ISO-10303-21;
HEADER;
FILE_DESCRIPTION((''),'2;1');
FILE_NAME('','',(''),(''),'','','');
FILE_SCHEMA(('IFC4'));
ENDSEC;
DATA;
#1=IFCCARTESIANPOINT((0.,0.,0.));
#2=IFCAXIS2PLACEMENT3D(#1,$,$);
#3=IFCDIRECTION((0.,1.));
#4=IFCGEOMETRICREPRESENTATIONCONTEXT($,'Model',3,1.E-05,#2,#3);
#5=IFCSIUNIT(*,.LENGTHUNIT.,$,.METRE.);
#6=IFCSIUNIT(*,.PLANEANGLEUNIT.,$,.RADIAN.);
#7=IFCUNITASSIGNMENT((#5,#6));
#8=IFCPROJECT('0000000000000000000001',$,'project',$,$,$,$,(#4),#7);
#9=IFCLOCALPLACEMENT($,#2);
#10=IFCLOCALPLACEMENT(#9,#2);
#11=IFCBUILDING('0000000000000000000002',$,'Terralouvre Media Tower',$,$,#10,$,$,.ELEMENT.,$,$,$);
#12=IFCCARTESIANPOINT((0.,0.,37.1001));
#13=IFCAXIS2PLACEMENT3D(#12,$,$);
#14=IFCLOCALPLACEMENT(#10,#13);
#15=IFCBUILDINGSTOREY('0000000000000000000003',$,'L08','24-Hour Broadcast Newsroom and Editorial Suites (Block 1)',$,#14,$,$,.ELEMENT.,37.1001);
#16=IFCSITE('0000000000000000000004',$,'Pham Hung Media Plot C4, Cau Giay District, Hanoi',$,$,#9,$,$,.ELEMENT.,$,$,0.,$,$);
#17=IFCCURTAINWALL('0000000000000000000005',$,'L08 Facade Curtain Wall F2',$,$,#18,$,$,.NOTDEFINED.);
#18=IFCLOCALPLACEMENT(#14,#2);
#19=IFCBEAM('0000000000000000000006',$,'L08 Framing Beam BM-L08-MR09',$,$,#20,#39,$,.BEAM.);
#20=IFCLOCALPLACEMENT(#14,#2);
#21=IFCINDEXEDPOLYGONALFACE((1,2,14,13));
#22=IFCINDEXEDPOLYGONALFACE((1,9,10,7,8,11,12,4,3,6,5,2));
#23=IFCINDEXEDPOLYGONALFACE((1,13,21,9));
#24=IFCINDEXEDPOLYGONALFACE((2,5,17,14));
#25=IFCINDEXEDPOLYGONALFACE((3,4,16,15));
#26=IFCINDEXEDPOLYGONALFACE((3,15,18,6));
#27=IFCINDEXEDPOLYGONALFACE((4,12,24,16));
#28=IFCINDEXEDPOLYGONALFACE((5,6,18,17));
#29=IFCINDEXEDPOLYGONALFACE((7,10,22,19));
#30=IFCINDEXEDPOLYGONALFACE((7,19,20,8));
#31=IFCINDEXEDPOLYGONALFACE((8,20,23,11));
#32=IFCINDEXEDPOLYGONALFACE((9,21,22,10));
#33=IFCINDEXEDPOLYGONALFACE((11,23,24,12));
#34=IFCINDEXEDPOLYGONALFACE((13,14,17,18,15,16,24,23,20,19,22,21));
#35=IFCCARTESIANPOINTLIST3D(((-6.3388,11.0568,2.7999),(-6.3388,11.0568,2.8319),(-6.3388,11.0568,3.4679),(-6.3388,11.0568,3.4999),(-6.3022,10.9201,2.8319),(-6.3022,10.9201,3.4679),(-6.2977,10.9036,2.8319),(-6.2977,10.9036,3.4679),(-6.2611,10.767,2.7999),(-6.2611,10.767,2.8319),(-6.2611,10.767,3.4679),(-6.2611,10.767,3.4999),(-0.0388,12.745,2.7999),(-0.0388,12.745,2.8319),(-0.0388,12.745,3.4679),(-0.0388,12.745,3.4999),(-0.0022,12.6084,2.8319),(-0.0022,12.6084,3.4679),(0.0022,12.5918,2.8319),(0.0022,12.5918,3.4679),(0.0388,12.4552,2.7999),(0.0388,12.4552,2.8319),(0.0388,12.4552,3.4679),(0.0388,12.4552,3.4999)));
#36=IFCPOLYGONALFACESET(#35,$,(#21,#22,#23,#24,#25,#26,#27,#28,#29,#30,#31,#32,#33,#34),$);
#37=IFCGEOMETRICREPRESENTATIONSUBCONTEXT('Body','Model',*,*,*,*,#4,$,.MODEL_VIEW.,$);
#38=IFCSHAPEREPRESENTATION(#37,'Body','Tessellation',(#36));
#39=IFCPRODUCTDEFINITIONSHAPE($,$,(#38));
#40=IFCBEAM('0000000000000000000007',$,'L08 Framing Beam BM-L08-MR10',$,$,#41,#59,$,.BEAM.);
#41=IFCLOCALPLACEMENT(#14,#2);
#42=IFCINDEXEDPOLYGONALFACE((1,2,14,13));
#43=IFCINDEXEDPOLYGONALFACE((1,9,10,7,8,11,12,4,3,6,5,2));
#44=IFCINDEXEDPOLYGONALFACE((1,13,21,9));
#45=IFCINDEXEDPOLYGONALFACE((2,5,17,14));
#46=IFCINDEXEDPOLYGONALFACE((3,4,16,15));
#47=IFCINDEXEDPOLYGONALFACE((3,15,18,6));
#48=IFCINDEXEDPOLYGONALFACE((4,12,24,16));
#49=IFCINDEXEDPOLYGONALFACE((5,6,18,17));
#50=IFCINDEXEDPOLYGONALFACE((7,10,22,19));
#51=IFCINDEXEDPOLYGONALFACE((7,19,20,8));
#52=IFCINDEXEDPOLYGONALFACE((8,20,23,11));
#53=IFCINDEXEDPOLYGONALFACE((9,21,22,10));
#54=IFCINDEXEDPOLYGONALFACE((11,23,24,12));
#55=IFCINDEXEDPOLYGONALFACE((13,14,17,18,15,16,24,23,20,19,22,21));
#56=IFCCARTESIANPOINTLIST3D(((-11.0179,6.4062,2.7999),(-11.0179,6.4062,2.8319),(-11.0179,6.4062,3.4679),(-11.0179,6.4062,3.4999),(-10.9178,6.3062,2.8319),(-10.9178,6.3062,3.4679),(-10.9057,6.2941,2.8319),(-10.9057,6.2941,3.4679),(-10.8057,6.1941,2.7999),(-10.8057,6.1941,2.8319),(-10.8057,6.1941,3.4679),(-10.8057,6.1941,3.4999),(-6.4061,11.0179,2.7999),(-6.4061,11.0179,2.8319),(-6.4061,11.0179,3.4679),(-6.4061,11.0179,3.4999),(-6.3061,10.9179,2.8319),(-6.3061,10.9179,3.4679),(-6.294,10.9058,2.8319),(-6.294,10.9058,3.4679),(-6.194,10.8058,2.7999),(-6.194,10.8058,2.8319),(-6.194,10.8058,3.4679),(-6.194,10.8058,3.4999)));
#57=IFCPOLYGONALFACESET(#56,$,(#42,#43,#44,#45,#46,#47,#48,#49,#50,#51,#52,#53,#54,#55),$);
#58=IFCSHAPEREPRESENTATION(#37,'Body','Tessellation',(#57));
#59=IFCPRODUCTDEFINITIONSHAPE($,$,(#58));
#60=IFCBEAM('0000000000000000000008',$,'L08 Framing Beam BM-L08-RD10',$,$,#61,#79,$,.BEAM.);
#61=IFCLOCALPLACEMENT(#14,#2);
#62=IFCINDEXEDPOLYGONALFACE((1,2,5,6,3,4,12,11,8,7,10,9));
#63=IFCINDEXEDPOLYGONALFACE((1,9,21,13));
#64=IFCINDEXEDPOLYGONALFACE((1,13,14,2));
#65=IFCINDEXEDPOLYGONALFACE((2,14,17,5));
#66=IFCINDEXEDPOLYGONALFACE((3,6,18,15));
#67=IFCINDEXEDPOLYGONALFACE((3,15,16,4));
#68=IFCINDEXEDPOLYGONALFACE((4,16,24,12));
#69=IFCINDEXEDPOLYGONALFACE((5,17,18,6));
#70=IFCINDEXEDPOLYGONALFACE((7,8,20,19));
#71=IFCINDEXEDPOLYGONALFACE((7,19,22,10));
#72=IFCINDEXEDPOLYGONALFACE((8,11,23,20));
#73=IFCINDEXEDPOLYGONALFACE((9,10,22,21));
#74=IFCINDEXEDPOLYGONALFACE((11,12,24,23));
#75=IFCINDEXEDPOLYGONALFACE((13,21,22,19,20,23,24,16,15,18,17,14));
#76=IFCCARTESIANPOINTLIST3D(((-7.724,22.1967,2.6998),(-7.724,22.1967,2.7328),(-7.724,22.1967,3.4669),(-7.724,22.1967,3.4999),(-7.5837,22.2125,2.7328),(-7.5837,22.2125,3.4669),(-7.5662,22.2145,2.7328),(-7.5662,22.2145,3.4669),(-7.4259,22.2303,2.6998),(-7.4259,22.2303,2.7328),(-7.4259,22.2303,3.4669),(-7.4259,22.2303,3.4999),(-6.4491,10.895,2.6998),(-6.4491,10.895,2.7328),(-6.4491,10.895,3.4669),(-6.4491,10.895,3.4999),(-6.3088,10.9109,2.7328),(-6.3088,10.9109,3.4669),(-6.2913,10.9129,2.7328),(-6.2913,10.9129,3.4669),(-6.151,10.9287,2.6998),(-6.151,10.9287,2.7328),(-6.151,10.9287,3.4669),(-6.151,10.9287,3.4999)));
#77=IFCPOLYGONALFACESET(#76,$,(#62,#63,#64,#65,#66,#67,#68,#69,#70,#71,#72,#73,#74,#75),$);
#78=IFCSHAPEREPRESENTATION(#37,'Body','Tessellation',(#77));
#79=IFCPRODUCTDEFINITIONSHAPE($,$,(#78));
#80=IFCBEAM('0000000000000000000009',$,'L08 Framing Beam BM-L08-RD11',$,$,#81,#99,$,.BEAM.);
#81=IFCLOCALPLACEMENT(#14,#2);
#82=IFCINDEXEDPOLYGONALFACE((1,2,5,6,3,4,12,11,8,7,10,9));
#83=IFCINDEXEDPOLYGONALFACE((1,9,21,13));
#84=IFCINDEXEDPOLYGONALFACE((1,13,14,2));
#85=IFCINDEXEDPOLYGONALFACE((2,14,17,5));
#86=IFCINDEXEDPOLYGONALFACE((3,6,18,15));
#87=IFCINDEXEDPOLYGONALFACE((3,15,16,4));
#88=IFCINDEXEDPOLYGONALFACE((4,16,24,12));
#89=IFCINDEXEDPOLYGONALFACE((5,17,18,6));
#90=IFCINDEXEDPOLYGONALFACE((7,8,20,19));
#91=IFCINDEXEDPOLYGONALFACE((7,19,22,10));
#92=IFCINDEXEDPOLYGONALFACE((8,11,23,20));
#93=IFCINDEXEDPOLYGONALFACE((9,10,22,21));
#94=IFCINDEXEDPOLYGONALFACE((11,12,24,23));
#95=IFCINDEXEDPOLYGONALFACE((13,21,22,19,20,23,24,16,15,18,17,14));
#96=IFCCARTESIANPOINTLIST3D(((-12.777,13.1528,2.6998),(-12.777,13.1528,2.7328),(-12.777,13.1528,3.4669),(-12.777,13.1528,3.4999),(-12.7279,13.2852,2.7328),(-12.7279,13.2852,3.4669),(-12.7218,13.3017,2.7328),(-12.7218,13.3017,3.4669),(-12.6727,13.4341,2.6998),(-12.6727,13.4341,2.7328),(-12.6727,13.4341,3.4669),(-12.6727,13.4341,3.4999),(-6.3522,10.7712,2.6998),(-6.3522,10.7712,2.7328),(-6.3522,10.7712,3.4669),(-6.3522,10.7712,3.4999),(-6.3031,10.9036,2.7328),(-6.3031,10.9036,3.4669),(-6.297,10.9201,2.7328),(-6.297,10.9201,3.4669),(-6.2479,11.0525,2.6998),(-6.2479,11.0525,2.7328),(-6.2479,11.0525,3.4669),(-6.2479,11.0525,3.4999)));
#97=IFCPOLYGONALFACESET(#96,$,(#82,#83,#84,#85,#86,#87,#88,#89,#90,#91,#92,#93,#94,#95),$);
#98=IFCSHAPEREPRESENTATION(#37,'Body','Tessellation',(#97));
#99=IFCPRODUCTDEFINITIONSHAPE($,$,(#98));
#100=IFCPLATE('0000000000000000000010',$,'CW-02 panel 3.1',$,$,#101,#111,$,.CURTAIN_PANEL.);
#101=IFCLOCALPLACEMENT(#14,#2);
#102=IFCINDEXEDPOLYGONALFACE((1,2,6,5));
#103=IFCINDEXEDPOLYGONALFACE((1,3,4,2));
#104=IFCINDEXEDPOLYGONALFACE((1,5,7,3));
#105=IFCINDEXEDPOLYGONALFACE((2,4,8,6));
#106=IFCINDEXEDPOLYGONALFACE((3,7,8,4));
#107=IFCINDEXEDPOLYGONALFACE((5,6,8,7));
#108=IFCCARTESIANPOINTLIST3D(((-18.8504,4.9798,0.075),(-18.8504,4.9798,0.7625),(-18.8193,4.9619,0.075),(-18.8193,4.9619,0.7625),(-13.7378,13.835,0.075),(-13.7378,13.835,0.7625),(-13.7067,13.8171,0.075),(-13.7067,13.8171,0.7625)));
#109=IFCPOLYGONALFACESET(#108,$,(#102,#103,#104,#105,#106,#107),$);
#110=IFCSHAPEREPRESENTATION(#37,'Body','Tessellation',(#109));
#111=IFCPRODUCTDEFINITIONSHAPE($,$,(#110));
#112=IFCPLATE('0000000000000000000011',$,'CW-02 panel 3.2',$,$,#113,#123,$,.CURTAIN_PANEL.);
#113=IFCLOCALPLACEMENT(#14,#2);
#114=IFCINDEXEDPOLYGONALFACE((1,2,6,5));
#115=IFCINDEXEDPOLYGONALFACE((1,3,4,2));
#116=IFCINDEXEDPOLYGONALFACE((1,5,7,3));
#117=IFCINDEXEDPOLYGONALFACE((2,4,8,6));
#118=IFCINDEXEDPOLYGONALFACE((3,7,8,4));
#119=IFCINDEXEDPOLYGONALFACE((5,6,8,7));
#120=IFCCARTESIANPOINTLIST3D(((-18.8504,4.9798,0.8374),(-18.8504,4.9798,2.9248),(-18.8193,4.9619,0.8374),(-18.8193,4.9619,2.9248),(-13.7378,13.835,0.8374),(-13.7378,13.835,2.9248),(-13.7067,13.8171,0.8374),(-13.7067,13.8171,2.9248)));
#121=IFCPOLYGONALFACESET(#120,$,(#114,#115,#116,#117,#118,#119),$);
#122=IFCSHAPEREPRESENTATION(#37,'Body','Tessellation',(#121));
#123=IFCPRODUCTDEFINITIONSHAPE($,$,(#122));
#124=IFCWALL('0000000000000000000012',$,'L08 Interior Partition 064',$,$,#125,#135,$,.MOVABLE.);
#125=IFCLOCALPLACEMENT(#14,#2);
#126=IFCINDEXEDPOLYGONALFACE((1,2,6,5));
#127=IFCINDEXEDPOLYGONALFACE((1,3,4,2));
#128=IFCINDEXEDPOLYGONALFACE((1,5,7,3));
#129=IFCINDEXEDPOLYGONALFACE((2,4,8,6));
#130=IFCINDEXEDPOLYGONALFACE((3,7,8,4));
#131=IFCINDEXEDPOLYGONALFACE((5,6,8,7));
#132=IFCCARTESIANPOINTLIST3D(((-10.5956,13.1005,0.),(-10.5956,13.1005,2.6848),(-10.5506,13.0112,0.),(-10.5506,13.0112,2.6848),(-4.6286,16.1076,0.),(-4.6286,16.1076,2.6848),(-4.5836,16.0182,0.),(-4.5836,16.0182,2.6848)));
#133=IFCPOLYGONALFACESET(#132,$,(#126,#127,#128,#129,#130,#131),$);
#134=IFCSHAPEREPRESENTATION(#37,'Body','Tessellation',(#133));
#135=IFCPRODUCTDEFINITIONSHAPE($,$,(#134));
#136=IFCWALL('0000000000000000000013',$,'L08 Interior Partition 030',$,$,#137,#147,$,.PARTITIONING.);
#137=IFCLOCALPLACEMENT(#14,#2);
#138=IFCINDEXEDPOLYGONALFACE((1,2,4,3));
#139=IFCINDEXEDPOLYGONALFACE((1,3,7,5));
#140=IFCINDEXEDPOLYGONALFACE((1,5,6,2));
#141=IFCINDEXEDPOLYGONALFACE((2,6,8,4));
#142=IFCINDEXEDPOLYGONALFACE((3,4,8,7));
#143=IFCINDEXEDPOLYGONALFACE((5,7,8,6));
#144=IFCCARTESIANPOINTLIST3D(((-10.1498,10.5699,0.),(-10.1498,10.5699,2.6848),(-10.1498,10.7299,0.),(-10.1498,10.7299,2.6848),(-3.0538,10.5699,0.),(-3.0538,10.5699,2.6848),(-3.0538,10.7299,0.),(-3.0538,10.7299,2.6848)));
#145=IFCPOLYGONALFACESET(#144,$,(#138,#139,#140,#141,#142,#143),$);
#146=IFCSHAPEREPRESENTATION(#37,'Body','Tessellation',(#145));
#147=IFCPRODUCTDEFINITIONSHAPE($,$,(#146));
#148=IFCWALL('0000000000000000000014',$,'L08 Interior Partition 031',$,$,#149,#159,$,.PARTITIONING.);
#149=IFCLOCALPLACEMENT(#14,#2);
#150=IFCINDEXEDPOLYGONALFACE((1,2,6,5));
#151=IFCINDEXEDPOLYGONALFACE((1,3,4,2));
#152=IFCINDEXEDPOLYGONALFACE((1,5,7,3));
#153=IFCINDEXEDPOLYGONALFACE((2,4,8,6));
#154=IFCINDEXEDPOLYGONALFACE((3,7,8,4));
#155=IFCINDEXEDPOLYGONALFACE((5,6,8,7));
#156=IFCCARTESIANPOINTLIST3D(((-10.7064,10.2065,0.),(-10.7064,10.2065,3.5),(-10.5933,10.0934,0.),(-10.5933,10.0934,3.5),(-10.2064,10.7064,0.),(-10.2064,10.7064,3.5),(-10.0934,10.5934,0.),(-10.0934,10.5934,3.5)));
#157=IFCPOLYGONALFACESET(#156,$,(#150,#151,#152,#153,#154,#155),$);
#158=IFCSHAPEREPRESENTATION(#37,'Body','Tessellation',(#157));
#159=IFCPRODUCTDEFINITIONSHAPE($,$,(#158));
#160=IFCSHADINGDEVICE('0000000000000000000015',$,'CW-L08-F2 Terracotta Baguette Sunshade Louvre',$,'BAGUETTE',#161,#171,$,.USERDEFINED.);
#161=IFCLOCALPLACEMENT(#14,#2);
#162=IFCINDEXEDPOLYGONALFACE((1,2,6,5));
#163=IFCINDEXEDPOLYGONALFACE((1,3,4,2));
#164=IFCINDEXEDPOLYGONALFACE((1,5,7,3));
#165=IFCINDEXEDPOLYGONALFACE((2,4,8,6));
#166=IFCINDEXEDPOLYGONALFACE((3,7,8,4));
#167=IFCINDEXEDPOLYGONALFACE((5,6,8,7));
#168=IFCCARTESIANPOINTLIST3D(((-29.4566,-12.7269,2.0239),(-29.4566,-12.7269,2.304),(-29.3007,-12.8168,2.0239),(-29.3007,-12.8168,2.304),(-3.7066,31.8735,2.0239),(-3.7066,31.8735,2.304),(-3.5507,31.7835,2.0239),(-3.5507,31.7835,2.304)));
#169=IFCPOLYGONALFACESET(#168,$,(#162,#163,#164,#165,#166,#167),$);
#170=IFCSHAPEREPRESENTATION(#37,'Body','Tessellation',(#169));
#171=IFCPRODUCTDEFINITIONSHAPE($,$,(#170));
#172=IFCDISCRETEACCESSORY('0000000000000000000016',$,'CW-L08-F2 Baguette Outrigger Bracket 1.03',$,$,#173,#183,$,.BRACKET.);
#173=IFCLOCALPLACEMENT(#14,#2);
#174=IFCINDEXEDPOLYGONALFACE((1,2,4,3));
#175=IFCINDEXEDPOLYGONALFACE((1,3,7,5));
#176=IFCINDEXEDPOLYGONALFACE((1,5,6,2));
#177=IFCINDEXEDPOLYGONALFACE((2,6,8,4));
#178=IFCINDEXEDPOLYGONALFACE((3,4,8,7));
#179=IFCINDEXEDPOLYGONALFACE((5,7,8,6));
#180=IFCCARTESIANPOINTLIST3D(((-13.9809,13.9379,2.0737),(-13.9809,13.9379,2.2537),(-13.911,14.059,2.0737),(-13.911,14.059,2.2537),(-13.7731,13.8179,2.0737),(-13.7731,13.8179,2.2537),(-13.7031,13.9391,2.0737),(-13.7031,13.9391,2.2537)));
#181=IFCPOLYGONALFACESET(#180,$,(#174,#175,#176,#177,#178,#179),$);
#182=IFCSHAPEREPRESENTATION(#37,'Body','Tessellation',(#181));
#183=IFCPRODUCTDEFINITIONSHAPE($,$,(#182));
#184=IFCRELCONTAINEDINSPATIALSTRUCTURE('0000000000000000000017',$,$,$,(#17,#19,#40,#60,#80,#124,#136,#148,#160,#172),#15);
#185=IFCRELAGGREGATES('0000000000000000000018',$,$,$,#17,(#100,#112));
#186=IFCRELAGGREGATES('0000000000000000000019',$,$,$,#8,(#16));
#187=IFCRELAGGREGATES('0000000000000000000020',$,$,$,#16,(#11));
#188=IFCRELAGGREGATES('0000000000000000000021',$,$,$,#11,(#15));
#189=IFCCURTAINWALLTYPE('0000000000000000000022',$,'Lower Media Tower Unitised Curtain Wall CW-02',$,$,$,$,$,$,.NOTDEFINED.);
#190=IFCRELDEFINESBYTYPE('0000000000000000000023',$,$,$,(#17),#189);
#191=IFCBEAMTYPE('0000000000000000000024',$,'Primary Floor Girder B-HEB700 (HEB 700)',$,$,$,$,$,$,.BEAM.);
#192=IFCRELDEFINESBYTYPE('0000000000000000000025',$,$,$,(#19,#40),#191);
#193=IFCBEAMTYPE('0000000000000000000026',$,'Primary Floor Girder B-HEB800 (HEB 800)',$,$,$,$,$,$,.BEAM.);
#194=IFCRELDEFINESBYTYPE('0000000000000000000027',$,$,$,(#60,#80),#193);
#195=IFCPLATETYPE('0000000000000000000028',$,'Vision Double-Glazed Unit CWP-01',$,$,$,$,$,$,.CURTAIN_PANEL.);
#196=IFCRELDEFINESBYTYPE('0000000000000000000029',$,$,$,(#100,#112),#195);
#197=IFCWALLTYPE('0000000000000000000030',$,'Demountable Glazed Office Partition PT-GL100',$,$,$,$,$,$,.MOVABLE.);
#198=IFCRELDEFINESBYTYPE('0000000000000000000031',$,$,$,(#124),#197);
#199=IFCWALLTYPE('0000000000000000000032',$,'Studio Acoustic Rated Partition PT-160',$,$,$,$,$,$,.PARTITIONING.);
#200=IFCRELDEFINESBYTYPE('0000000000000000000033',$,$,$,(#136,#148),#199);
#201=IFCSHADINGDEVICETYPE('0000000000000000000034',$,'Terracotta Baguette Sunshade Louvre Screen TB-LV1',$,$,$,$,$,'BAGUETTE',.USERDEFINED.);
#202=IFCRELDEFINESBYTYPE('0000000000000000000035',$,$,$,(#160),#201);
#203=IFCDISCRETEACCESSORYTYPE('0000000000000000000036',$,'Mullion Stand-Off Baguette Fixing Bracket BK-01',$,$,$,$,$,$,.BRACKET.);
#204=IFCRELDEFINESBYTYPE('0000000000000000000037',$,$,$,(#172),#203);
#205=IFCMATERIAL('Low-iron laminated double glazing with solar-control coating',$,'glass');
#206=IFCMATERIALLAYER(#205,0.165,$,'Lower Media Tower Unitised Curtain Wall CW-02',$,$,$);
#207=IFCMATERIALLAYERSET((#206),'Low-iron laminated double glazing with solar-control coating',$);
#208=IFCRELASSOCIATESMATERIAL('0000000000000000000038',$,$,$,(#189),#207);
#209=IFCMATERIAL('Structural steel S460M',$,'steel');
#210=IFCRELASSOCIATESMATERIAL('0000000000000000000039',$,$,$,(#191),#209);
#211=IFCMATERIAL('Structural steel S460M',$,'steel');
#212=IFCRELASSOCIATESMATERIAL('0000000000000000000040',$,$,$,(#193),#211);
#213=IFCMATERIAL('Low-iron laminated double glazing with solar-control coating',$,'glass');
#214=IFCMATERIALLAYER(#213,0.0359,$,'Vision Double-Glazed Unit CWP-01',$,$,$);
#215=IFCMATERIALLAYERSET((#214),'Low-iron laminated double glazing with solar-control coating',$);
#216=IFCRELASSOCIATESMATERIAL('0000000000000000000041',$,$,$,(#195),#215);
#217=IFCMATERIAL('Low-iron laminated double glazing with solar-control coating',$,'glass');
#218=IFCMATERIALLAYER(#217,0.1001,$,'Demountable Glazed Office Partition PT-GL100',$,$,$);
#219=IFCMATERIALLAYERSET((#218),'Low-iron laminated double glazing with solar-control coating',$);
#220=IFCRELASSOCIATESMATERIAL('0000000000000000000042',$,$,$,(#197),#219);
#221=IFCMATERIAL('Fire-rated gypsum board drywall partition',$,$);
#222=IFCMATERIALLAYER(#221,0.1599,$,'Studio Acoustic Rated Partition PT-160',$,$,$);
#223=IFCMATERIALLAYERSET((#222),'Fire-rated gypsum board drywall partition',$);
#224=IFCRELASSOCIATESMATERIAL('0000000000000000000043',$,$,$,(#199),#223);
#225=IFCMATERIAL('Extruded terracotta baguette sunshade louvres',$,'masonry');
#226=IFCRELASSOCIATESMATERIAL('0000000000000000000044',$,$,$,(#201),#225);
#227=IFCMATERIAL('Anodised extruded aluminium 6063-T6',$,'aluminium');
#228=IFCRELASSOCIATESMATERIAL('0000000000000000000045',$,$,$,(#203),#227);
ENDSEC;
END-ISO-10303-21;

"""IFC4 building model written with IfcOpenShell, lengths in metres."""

from ifc_helpers import new_model, si_unit, direction, frame, frame_2d, origin, origin_2d, place, context, subcontext, project, spatial, rectangle, i_section, extrude, material, layer, layer_set, material_profile, profile_set, type_object, element, aggregate, save


model = new_model("IFC4")

# Units and contexts
model_context = context("Model", 3, precision=1e-05, world=origin(), true_north=direction((0.0, 1.0)))
body_context = subcontext(model_context, "Body", "Model", "MODEL_VIEW")
ifc_project = project(units=[si_unit("LENGTHUNIT", "METRE"), si_unit("PLANEANGLEUNIT", "RADIAN")], contexts=[model_context])

# Site, building, storey
site_placement = place(None, origin())
site = spatial("IfcSite", under=ifc_project, at=site_placement, Name="Pham Hung Media Plot C4, Cau Giay District, Hanoi", CompositionType="ELEMENT", RefElevation=0.0)
building_placement = place(site_placement, origin())
building = spatial("IfcBuilding", under=site, at=building_placement, Name="Terralouvre Media Tower", CompositionType="ELEMENT")
storey_placement = place(building_placement, frame((0.0, 0.0, 37.1001)))
storey = spatial("IfcBuildingStorey", under=building, at=storey_placement, Name="L08", Description="24-Hour Broadcast Newsroom and Editorial Suites (Block 1)", CompositionType="ELEMENT", Elevation=37.1001)

# Curtain wall
ifc_material_1 = material(Name="Low-iron laminated double glazing with solar-control coating", Category="glass")
ifc_layer_1 = layer(ifc_material_1, 0.165, Name="Lower Media Tower Unitised Curtain Wall CW-02")
ifc_layer_set_1 = layer_set([ifc_layer_1], Name="Low-iron laminated double glazing with solar-control coating")
curtain_wall_type = type_object("IfcCurtainWallType", Name="Lower Media Tower Unitised Curtain Wall CW-02", PredefinedType="NOTDEFINED", material=ifc_layer_set_1)
curtain_wall_placement = place(storey_placement, origin())
curtain_wall = element("IfcCurtainWall", 1, at=curtain_wall_placement, inside=storey, type_object=curtain_wall_type, Name="L08 Facade Curtain Wall F2", PredefinedType="NOTDEFINED")

# Beams
ifc_material_2 = material(Name="Structural steel S460M", Category="steel")
ifc_material_profile_1 = material_profile(ifc_material_2, i_section(OverallWidth=0.3, OverallDepth=0.7, WebThickness=0.0171, FlangeThickness=0.032, at=origin_2d()), Name="HEB 700")
ifc_profile_set_1 = profile_set([ifc_material_profile_1], Name="Structural steel S460M")
beam_type_1 = type_object("IfcBeamType", Name="Primary Floor Girder B-HEB700 (HEB 700)", PredefinedType="BEAM", material=ifc_profile_set_1)
beam_1_placement = place(storey_placement, frame((0.0, 12.6001, 3.1499), z_axis=(-0.96592, -0.258839, 0.0), x_axis=(0.258839, -0.96592, 0.0)))
element("IfcBeam", 2, at=beam_1_placement, inside=storey, type_object=beam_type_1, Name="L08 Framing Beam BM-L08-MR09", PredefinedType="BEAM", context=body_context, shape_type="SweptSolid", body=[
    extrude(i_section(OverallWidth=0.3, OverallDepth=0.7, WebThickness=0.0171, FlangeThickness=0.032, at=origin_2d()), origin(), (0.0, 0.0, 1.0), 6.5222),
])
beam_2_placement = place(storey_placement, frame((-6.3, 10.9119, 3.1499), z_axis=(-0.707107, -0.707107, 0.0), x_axis=(0.707107, -0.707107, 0.0)))
element("IfcBeam", 3, at=beam_2_placement, inside=storey, type_object=beam_type_1, Name="L08 Framing Beam BM-L08-MR10", PredefinedType="BEAM", context=body_context, shape_type="SweptSolid", body=[
    extrude(i_section(OverallWidth=0.3, OverallDepth=0.7, WebThickness=0.0171, FlangeThickness=0.032, at=origin_2d()), origin(), (0.0, 0.0, 1.0), 6.522),
])
ifc_material_3 = material(Name="Structural steel S460M", Category="steel")
ifc_material_profile_2 = material_profile(ifc_material_3, i_section(OverallWidth=0.3, OverallDepth=0.8, WebThickness=0.0176, FlangeThickness=0.033, at=origin_2d()), Name="HEB 800")
ifc_profile_set_2 = profile_set([ifc_material_profile_2], Name="Structural steel S460M")
beam_type_2 = type_object("IfcBeamType", Name="Primary Floor Girder B-HEB800 (HEB 800)", PredefinedType="BEAM", material=ifc_profile_set_2)
beam_3_placement = place(storey_placement, frame((-6.3, 10.9119, 3.0999), z_axis=(-0.112097, 0.993697, 0.0), x_axis=(-0.993697, -0.112097, 0.0)))
element("IfcBeam", 4, at=beam_3_placement, inside=storey, type_object=beam_type_2, Name="L08 Framing Beam BM-L08-RD10", PredefinedType="BEAM", context=body_context, shape_type="SweptSolid", body=[
    extrude(i_section(OverallWidth=0.3, OverallDepth=0.8, WebThickness=0.0176, FlangeThickness=0.033, at=origin_2d()), origin(), (0.0, 0.0, 1.0), 11.3733),
])
beam_4_placement = place(storey_placement, frame((-6.3, 10.9119, 3.0999), z_axis=(-0.937652, 0.347575, 0.0), x_axis=(-0.347575, -0.937652, 0.0)))
element("IfcBeam", 5, at=beam_4_placement, inside=storey, type_object=beam_type_2, Name="L08 Framing Beam BM-L08-RD11", PredefinedType="BEAM", context=body_context, shape_type="SweptSolid", body=[
    extrude(i_section(OverallWidth=0.3, OverallDepth=0.8, WebThickness=0.0176, FlangeThickness=0.033, at=origin_2d()), origin(), (0.0, 0.0, 1.0), 6.8521),
])

# Plates
ifc_material_4 = material(Name="Low-iron laminated double glazing with solar-control coating", Category="glass")
ifc_layer_2 = layer(ifc_material_4, 0.0359, Name="Vision Double-Glazed Unit CWP-01")
ifc_layer_set_2 = layer_set([ifc_layer_2], Name="Low-iron laminated double glazing with solar-control coating")
plate_type = type_object("IfcPlateType", Name="Vision Double-Glazed Unit CWP-01", PredefinedType="CURTAIN_PANEL", material=ifc_layer_set_2)
plate_1_placement = place(storey_placement, frame((-16.2786, 9.3984, 0.075), z_axis=(0.0, 0.0, 1.0), x_axis=(-0.5, -0.866025, 0.0)))
plate_1 = element("IfcPlate", 6, at=plate_1_placement, type_object=plate_type, Name="CW-02 panel 3.1", PredefinedType="CURTAIN_PANEL", context=body_context, shape_type="SweptSolid", body=[
    extrude(rectangle(XDim=10.2251, YDim=0.0359, at=origin_2d()), origin(), (0.0, 0.0, 1.0), 0.6875),
])
plate_2_placement = place(storey_placement, frame((-16.2786, 9.3984, 0.8374), z_axis=(0.0, 0.0, 1.0), x_axis=(-0.5, -0.866025, 0.0)))
plate_2 = element("IfcPlate", 7, at=plate_2_placement, type_object=plate_type, Name="CW-02 panel 3.2", PredefinedType="CURTAIN_PANEL", context=body_context, shape_type="SweptSolid", body=[
    extrude(rectangle(XDim=10.2251, YDim=0.0359, at=origin_2d()), origin(), (0.0, 0.0, 1.0), 2.0874),
])
aggregate(curtain_wall, [plate_1, plate_2])

# Walls
ifc_material_5 = material(Name="Low-iron laminated double glazing with solar-control coating", Category="glass")
ifc_layer_3 = layer(ifc_material_5, 0.1001, Name="Demountable Glazed Office Partition PT-GL100")
ifc_layer_set_3 = layer_set([ifc_layer_3], Name="Low-iron laminated double glazing with solar-control coating")
wall_type_1 = type_object("IfcWallType", Name="Demountable Glazed Office Partition PT-GL100", PredefinedType="MOVABLE", material=ifc_layer_set_3)
wall_1_placement = place(storey_placement, frame((-10.573, 13.0559, 0.0), z_axis=(0.0, 0.0, 1.0), x_axis=(0.893012, 0.450032, 0.0)))
element("IfcWall", 8, at=wall_1_placement, inside=storey, type_object=wall_type_1, Name="L08 Interior Partition 064", PredefinedType="MOVABLE", context=body_context, shape_type="SweptSolid", body=[
    extrude(rectangle(XDim=6.6819, YDim=0.1001, at=frame_2d((3.3408, 0.0))), origin(), (0.0, 0.0, 1.0), 2.6848),
])
ifc_material_6 = material(Name="Fire-rated gypsum board drywall partition")
ifc_layer_4 = layer(ifc_material_6, 0.1599, Name="Studio Acoustic Rated Partition PT-160")
ifc_layer_set_4 = layer_set([ifc_layer_4], Name="Fire-rated gypsum board drywall partition")
wall_type_2 = type_object("IfcWallType", Name="Studio Acoustic Rated Partition PT-160", PredefinedType="PARTITIONING", material=ifc_layer_set_4)
wall_2_placement = place(storey_placement, frame((-3.054, 10.6499, 0.0), z_axis=(0.0, 0.0, 1.0), x_axis=(-1.0, 0.0, 0.0)))
element("IfcWall", 9, at=wall_2_placement, inside=storey, type_object=wall_type_2, Name="L08 Interior Partition 030", PredefinedType="PARTITIONING", context=body_context, shape_type="SweptSolid", body=[
    extrude(rectangle(XDim=7.0959, YDim=0.1599, at=frame_2d((3.5479, 0.0))), origin(), (0.0, 0.0, 1.0), 2.6848),
])
wall_3_placement = place(storey_placement, frame((-10.1499, 10.6499, 0.0), z_axis=(0.0, 0.0, 1.0), x_axis=(-0.707107, -0.707107, 0.0)))
element("IfcWall", 10, at=wall_3_placement, inside=storey, type_object=wall_type_2, Name="L08 Interior Partition 031", PredefinedType="PARTITIONING", context=body_context, shape_type="SweptSolid", body=[
    extrude(rectangle(XDim=0.707, YDim=0.1599, at=frame_2d((0.3535, 0.0))), origin(), (0.0, 0.0, 1.0), 3.5),
])

# Shading device
ifc_material_7 = material(Name="Extruded terracotta baguette sunshade louvres", Category="masonry")
shading_device_type = type_object("IfcShadingDeviceType", Name="Terracotta Baguette Sunshade Louvre Screen TB-LV1", ElementType="BAGUETTE", PredefinedType="USERDEFINED", material=ifc_material_7)
shading_device_placement = place(storey_placement, frame((-16.5037, 9.5283, 2.0239), z_axis=(0.0, 0.0, 1.0), x_axis=(-0.5, -0.866025, 0.0)))
element("IfcShadingDevice", 11, at=shading_device_placement, inside=storey, type_object=shading_device_type, Name="CW-L08-F2 Terracotta Baguette Sunshade Louvre", ObjectType="BAGUETTE", PredefinedType="USERDEFINED", context=body_context, shape_type="SweptSolid", body=[
    extrude(rectangle(XDim=51.5, YDim=0.1799, at=origin_2d()), origin(), (0.0, 0.0, 1.0), 0.28),
])

# Discrete accessory
ifc_material_8 = material(Name="Anodised extruded aluminium 6063-T6", Category="aluminium")
discrete_accessory_type = type_object("IfcDiscreteAccessoryType", Name="Mullion Stand-Off Baguette Fixing Bracket BK-01", PredefinedType="BRACKET", material=ifc_material_8)
discrete_accessory_placement = place(storey_placement, frame((-13.842, 13.9385, 2.0737), z_axis=(0.0, 0.0, 1.0), x_axis=(-0.5, -0.866025, 0.0)))
element("IfcDiscreteAccessory", 12, at=discrete_accessory_placement, inside=storey, type_object=discrete_accessory_type, Name="CW-L08-F2 Baguette Outrigger Bracket 1.03", PredefinedType="BRACKET", context=body_context, shape_type="SweptSolid", body=[
    extrude(rectangle(XDim=0.1399, YDim=0.24, at=origin_2d()), origin(), (0.0, 0.0, 1.0), 0.1799),
])

save(model, "model.ifc")
